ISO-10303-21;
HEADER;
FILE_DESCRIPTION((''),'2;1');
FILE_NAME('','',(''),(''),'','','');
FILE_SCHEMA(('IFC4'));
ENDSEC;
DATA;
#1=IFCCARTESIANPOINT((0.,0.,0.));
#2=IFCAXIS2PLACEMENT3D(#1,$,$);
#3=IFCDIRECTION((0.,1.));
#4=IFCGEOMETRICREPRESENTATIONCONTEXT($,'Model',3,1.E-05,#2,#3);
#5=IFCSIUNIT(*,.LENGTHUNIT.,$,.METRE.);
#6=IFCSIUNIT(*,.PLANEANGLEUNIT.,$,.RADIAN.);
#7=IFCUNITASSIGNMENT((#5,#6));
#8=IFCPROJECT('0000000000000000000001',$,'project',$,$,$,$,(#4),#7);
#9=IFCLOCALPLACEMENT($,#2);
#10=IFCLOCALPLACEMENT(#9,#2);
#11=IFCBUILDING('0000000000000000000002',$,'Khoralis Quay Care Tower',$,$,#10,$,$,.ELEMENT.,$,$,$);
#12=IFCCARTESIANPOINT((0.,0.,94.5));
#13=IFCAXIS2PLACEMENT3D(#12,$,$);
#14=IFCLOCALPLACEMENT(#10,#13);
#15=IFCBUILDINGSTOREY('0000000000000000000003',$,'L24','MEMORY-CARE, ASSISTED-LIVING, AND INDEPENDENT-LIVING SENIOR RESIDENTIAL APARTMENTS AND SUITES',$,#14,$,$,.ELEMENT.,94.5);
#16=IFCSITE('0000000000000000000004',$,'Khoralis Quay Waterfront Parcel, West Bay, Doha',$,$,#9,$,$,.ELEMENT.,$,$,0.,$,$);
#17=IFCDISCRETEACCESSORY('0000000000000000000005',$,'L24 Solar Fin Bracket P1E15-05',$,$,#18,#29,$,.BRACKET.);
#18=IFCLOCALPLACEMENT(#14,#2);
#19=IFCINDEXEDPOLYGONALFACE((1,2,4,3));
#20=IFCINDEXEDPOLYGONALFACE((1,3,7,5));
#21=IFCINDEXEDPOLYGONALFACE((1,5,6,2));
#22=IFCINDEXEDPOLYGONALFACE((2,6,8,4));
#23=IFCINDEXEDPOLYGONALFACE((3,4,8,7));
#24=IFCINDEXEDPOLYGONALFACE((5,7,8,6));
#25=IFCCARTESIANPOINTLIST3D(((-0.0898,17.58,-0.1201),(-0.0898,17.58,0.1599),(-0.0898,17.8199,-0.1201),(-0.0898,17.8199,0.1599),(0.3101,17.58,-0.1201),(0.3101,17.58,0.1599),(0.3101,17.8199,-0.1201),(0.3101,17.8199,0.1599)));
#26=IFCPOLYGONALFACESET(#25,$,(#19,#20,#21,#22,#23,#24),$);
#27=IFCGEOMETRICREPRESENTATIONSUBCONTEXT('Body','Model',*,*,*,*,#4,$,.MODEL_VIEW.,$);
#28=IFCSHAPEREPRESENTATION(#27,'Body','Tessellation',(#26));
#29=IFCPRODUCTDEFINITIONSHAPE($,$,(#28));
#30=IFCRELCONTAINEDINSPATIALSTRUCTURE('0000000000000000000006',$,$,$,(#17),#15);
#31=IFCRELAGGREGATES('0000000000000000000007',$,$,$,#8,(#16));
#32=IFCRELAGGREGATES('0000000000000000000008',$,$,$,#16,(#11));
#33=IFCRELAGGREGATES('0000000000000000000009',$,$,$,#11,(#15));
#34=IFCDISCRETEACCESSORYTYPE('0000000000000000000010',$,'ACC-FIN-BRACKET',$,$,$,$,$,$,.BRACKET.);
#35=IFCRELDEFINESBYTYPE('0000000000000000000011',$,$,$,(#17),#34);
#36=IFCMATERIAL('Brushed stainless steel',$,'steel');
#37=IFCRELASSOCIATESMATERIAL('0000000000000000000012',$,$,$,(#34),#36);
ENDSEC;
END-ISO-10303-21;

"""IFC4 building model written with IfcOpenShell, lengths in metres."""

from ifc_helpers import new_model, si_unit, direction, frame, origin, origin_2d, place, context, subcontext, project, spatial, rectangle, extrude, source, transform, mapped, material, type_object, element, save


model = new_model("IFC4")

# Units and contexts
model_context = context("Model", 3, precision=1e-05, world=origin(), true_north=direction((0.0, 1.0)))
body_context = subcontext(model_context, "Body", "Model", "MODEL_VIEW")
ifc_project = project(units=[si_unit("LENGTHUNIT", "METRE"), si_unit("PLANEANGLEUNIT", "RADIAN")], contexts=[model_context])

# Site, building, storey
site_placement = place(None, origin())
site = spatial("IfcSite", under=ifc_project, at=site_placement, Name="Khoralis Quay Waterfront Parcel, West Bay, Doha", CompositionType="ELEMENT", RefElevation=0.0)
building_placement = place(site_placement, origin())
building = spatial("IfcBuilding", under=site, at=building_placement, Name="Khoralis Quay Care Tower", CompositionType="ELEMENT")
storey_placement = place(building_placement, frame((0.0, 0.0, 94.5)))
storey = spatial("IfcBuildingStorey", under=building, at=storey_placement, Name="L24", Description="MEMORY-CARE, ASSISTED-LIVING, AND INDEPENDENT-LIVING SENIOR RESIDENTIAL APARTMENTS AND SUITES", CompositionType="ELEMENT", Elevation=94.5)

# Discrete accessory
ifc_material_1 = material(Name="Brushed stainless steel", Category="steel")
discrete_accessory_type = type_object("IfcDiscreteAccessoryType", Name="ACC-FIN-BRACKET", PredefinedType="BRACKET", material=ifc_material_1)
shared_shape_1 = source(origin(), body_context, "Body", "SweptSolid", [
    extrude(rectangle(XDim=0.3999, YDim=0.24, at=origin_2d()), origin(), (0.0, 0.0, 1.0), 0.28),
])
for number, where, z_axis, x_axis, name in (
    (1, (0.1101, 17.7, -0.1201), (0.0, 0.0, 1.0), (-1.0, 0.0, 0.0), "L24 Solar Fin Bracket P1E15-05"),
):
    element("IfcDiscreteAccessory", number, at=place(storey_placement, frame(where, z_axis=z_axis, x_axis=x_axis)), inside=storey, type_object=discrete_accessory_type, Name=name, PredefinedType="BRACKET", context=body_context, shape_type="MappedRepresentation", body=[
        mapped(shared_shape_1, transform((0.0, 0.0, 0.0), scale=1.0)),
    ])

save(model, "model.ifc")
